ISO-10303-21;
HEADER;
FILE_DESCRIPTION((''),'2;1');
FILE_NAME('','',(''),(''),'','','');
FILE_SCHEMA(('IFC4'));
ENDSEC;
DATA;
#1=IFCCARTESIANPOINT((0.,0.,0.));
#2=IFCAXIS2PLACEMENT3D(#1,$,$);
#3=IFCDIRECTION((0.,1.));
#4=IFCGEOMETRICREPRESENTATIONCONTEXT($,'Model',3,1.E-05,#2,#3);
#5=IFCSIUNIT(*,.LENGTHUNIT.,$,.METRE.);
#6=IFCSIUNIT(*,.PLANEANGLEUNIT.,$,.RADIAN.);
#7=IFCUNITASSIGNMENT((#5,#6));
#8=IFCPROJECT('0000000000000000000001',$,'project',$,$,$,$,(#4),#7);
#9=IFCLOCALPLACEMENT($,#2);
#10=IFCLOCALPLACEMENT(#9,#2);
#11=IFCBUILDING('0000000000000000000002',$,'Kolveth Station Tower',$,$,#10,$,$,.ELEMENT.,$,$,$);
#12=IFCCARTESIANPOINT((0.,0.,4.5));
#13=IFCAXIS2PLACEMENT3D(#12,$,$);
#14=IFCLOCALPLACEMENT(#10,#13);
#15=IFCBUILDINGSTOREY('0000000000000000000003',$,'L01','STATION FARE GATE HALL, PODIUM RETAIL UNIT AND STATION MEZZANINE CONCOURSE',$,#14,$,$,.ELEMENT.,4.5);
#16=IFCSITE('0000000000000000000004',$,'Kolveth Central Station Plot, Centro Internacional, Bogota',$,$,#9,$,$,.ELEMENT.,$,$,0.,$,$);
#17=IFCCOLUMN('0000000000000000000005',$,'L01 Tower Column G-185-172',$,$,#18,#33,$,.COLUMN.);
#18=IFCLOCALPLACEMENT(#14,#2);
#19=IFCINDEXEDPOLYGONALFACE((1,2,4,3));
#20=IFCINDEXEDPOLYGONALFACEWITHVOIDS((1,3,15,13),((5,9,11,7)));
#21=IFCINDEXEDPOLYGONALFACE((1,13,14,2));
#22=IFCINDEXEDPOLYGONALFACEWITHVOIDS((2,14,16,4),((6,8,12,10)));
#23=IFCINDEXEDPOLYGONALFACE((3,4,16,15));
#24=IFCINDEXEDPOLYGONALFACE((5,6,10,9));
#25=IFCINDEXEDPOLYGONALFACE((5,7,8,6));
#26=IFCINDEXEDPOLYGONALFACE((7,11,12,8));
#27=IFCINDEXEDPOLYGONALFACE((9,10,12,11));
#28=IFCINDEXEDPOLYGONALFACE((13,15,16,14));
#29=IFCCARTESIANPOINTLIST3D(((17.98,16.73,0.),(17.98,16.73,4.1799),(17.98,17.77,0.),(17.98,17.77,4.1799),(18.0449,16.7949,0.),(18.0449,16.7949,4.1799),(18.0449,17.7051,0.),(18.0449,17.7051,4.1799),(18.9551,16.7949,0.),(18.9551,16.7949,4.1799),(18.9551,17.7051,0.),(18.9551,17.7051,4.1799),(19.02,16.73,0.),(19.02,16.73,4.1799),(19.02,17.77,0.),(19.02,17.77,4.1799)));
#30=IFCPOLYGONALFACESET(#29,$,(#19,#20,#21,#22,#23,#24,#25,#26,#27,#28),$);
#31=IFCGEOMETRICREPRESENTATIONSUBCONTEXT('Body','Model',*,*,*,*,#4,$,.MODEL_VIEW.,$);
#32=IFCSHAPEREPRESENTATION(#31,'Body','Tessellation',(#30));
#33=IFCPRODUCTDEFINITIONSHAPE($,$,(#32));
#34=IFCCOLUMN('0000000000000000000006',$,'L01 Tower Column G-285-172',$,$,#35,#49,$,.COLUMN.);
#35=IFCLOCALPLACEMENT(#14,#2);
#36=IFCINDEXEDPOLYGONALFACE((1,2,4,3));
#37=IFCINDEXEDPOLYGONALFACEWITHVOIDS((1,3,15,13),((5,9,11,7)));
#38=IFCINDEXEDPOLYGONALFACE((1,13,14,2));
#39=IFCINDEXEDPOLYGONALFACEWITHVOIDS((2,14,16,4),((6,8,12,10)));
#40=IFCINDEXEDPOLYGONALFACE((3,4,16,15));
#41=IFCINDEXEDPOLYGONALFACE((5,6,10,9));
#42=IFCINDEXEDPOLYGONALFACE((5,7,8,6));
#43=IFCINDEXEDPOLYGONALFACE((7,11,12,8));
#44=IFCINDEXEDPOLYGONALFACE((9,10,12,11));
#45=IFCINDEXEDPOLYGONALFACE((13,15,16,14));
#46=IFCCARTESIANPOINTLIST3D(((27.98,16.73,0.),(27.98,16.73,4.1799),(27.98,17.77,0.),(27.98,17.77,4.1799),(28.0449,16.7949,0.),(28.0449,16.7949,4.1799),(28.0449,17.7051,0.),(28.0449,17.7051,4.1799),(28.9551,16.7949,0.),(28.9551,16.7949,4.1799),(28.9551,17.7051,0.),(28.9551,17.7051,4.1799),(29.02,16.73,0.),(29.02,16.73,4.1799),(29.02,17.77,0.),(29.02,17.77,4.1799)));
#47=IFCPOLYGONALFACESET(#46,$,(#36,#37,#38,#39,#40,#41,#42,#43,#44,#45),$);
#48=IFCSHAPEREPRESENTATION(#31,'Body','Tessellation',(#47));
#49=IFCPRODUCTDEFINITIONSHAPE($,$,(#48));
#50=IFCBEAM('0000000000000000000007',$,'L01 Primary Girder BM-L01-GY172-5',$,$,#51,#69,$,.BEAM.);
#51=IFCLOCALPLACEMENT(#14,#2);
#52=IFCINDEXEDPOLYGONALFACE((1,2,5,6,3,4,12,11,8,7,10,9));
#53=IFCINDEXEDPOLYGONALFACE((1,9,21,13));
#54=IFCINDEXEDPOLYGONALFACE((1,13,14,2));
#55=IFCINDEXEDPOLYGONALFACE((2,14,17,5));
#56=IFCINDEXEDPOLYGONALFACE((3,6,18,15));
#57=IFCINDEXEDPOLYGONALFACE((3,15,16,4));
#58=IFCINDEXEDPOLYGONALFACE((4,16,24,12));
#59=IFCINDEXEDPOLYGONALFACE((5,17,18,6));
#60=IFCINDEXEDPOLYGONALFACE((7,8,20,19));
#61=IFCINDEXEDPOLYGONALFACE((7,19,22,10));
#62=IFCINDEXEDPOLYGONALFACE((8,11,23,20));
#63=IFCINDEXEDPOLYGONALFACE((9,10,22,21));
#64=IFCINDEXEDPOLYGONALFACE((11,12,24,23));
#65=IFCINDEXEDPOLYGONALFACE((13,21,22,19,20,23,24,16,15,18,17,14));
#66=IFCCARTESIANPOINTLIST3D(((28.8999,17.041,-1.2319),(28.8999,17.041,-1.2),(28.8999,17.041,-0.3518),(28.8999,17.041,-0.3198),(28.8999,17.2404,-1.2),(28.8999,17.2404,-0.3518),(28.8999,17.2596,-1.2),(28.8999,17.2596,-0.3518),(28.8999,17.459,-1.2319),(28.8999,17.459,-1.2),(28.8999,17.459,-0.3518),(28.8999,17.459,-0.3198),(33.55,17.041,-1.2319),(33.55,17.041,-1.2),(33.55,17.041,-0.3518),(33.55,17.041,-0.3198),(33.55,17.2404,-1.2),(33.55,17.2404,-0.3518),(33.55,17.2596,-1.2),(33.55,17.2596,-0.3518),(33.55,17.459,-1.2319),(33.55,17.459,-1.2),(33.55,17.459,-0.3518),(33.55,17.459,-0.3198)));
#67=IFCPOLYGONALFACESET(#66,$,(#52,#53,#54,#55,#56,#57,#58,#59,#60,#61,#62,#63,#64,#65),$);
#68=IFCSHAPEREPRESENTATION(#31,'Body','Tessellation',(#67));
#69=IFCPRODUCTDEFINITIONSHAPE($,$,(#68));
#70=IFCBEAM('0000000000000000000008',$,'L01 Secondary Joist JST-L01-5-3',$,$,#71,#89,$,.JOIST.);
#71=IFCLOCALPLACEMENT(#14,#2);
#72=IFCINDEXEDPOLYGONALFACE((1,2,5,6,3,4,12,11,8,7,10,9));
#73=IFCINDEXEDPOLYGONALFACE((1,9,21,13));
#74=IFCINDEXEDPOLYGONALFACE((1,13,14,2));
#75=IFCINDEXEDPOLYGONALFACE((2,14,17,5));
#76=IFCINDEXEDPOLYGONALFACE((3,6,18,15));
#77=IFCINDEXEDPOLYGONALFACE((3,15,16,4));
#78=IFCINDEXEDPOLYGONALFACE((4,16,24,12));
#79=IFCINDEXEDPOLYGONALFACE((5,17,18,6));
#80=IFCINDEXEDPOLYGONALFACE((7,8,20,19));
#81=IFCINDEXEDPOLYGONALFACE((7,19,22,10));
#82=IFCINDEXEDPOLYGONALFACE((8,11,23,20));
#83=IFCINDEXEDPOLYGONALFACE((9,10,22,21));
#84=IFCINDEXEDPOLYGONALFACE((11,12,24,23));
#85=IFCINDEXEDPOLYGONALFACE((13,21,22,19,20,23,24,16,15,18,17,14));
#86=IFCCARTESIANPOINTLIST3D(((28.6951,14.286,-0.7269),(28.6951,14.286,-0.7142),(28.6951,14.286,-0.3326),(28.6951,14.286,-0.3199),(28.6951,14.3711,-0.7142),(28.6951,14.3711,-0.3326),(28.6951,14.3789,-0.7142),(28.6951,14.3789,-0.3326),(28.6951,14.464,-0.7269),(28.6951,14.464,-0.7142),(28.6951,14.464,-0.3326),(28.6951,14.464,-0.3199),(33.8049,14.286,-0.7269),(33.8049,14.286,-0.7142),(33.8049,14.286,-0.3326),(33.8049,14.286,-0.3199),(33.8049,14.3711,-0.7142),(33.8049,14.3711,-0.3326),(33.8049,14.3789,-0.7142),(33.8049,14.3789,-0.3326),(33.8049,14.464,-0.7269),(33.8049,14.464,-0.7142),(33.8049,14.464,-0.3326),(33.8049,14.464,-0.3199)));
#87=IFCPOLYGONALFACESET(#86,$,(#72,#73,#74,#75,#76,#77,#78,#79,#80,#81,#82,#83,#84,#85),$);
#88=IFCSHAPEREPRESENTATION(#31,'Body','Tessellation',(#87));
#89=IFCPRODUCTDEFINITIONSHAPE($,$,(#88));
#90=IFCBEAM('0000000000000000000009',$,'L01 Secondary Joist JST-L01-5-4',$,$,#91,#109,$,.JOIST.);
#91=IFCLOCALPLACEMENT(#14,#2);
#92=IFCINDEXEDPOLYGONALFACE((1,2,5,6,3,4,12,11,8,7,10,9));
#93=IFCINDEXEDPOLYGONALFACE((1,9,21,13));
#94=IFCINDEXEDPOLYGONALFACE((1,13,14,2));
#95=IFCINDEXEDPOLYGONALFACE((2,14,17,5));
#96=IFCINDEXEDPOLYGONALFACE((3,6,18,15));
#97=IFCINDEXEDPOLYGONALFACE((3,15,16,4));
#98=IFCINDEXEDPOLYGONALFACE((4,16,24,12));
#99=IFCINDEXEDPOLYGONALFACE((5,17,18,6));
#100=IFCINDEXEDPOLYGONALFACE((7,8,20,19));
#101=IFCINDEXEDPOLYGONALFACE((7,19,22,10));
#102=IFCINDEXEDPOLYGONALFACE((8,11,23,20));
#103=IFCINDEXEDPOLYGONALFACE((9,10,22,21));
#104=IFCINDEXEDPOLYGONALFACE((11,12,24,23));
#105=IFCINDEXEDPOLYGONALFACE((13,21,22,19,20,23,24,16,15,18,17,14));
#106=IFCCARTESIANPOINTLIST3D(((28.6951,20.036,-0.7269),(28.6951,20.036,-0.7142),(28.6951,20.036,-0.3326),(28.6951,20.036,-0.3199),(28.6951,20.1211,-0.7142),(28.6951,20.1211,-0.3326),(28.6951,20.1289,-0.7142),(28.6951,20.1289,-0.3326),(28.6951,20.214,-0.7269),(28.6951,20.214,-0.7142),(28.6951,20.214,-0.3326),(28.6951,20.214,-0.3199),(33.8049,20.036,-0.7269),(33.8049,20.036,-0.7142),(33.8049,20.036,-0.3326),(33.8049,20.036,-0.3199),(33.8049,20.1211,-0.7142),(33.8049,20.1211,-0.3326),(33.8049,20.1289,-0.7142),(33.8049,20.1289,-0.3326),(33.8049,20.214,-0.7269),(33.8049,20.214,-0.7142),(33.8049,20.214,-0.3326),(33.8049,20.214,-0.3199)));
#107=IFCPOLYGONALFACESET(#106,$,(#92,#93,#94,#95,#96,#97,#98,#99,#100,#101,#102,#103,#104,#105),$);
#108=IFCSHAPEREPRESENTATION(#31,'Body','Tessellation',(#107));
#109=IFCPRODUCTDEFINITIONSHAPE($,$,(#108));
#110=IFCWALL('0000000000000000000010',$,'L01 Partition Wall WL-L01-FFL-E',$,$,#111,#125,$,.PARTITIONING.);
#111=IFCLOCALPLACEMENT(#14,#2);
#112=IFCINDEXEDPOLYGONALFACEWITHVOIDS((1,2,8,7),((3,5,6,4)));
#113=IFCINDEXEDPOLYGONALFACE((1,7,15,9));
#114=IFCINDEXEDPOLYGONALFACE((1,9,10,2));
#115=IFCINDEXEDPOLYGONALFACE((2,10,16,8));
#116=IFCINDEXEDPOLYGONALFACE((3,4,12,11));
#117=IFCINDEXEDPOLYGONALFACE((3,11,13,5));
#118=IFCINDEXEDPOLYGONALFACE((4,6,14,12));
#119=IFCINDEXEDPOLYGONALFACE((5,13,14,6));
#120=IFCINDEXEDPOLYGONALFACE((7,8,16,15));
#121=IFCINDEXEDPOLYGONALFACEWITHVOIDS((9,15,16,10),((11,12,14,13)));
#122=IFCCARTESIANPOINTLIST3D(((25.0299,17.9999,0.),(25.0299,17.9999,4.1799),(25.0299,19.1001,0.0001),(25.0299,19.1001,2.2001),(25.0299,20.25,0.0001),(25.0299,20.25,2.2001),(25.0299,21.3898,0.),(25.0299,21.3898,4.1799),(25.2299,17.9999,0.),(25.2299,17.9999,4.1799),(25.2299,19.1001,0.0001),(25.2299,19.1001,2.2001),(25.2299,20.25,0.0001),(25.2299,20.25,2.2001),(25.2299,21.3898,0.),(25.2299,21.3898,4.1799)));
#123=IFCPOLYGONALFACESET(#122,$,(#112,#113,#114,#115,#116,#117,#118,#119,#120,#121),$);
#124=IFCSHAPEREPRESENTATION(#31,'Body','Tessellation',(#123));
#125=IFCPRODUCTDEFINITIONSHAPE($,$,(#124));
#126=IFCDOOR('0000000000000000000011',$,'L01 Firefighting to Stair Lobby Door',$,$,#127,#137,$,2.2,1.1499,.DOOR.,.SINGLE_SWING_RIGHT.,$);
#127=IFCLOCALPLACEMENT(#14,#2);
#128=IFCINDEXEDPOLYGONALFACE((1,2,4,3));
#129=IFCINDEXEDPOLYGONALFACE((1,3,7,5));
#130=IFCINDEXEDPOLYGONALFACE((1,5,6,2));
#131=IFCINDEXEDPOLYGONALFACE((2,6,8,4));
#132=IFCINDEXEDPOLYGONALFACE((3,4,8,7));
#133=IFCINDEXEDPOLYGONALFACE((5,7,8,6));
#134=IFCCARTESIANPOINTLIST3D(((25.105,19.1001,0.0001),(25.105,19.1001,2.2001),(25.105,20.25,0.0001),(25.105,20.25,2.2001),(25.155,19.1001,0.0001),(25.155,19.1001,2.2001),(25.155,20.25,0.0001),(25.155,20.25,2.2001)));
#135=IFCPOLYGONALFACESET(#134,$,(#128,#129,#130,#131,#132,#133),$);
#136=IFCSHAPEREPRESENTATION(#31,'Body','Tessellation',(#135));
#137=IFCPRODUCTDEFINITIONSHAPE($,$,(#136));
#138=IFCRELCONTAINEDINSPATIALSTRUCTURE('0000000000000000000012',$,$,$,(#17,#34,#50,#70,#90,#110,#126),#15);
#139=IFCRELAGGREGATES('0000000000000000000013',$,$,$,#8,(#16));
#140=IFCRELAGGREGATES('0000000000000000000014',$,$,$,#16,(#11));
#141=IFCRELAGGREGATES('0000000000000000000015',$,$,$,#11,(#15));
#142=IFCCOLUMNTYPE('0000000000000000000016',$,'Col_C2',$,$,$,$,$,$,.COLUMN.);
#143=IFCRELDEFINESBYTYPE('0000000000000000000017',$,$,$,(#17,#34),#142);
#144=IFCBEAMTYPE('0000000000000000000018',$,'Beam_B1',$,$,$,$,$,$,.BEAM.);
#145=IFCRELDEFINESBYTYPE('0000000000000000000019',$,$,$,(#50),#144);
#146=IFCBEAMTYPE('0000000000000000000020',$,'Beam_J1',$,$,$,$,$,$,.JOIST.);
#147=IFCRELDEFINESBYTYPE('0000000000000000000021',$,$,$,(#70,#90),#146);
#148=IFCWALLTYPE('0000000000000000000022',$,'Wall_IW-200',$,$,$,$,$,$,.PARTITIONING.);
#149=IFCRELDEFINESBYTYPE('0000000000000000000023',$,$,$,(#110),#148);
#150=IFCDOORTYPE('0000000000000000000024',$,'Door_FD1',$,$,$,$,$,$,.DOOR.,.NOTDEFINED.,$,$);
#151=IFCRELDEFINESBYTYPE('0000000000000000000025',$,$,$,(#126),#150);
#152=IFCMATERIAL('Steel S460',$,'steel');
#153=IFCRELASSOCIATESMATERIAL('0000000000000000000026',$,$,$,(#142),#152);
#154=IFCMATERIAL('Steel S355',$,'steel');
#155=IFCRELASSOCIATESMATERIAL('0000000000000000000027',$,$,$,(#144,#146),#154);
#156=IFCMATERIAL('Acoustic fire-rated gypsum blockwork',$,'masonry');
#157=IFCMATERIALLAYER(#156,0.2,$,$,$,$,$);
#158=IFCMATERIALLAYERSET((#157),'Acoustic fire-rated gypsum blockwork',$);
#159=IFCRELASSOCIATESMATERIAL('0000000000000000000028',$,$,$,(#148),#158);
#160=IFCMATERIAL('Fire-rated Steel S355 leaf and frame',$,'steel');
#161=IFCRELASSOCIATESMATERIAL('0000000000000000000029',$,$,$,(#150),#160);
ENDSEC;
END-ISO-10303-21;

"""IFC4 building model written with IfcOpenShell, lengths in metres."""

from ifc_helpers import new_model, si_unit, direction, frame, frame_2d, origin, origin_2d, place, context, subcontext, project, spatial, rectangle, hollow_rectangle, i_section, extrude, source, transform, mapped, material, layer, layer_set, material_profile, profile_set, type_object, element, fill, save


model = new_model("IFC4")

# Units and contexts
model_context = context("Model", 3, precision=1e-05, world=origin(), true_north=direction((0.0, 1.0)))
body_context = subcontext(model_context, "Body", "Model", "MODEL_VIEW")
ifc_project = project(units=[si_unit("LENGTHUNIT", "METRE"), si_unit("PLANEANGLEUNIT", "RADIAN")], contexts=[model_context])

# Site, building, storey
site_placement = place(None, origin())
site = spatial("IfcSite", under=ifc_project, at=site_placement, Name="Kolveth Central Station Plot, Centro Internacional, Bogota", CompositionType="ELEMENT", RefElevation=0.0)
building_placement = place(site_placement, origin())
building = spatial("IfcBuilding", under=site, at=building_placement, Name="Kolveth Station Tower", CompositionType="ELEMENT")
storey_placement = place(building_placement, frame((0.0, 0.0, 4.5)))
storey = spatial("IfcBuildingStorey", under=building, at=storey_placement, Name="L01", Description="STATION FARE GATE HALL, PODIUM RETAIL UNIT AND STATION MEZZANINE CONCOURSE", CompositionType="ELEMENT", Elevation=4.5)

# Columns
ifc_material_1 = material(Name="Steel S460", Category="steel")
ifc_material_profile_1 = material_profile(ifc_material_1, hollow_rectangle(XDim=1.04, YDim=1.04, WallThickness=0.0649, at=origin_2d()), Name="BOX1040x1040x65")
ifc_profile_set_1 = profile_set([ifc_material_profile_1], Name="Steel S460")
column_type = type_object("IfcColumnType", Name="Col_C2", PredefinedType="COLUMN", material=ifc_profile_set_1)
shared_shape_1 = source(origin(), body_context, "Body", "SweptSolid", [
    extrude(hollow_rectangle(XDim=1.04, YDim=1.04, WallThickness=0.0649, at=origin_2d()), origin(), (0.0, 0.0, 1.0), 4.1799),
])
for number, where, z_axis, x_axis, name in (
    (1, (18.5, 17.25, 0.0), (0.0, 0.0, 1.0), (1.0, 0.0, 0.0), "L01 Tower Column G-185-172"),
    (2, (28.5, 17.25, 0.0), (0.0, 0.0, 1.0), (1.0, 0.0, 0.0), "L01 Tower Column G-285-172"),
):
    element("IfcColumn", number, at=place(storey_placement, frame(where, z_axis=z_axis, x_axis=x_axis)), inside=storey, type_object=column_type, Name=name, PredefinedType="COLUMN", context=body_context, shape_type="MappedRepresentation", body=[
        mapped(shared_shape_1, transform((0.0, 0.0, 0.0), x_axis=(1.0, 0.0, 0.0), y_axis=(0.0, 1.0, 0.0), z_axis=(0.0, 0.0, 1.0), scale=1.0)),
    ])

# Beams
ifc_material_2 = material(Name="Steel S355", Category="steel")
ifc_material_profile_2 = material_profile(ifc_material_2, i_section(OverallWidth=0.418, OverallDepth=0.9121, WebThickness=0.0193, FlangeThickness=0.032, at=origin_2d()), Name="W920x342")
ifc_profile_set_2 = profile_set([ifc_material_profile_2], Name="Steel S355")
beam_type_1 = type_object("IfcBeamType", Name="Beam_B1", PredefinedType="BEAM", material=ifc_profile_set_2)
shared_shape_2 = source(origin(), body_context, "Body", "SweptSolid", [
    extrude(i_section(OverallWidth=0.418, OverallDepth=0.9121, WebThickness=0.0193, FlangeThickness=0.032, at=origin_2d()), origin(), (0.0, 0.0, 1.0), 4.6501),
])
beam_placement = place(storey_placement, frame((28.8999, 17.25, -0.7759), z_axis=(1.0, 0.0, 0.0), x_axis=(0.0, 1.0, 0.0)))
element("IfcBeam", 3, at=beam_placement, inside=storey, type_object=beam_type_1, Name="L01 Primary Girder BM-L01-GY172-5", PredefinedType="BEAM", context=body_context, shape_type="MappedRepresentation", body=[
    mapped(shared_shape_2, transform((0.0, 0.0, 0.0), x_axis=(1.0, 0.0, 0.0), y_axis=(0.0, 1.0, 0.0), z_axis=(0.0, 0.0, 1.0), scale=1.0)),
])
ifc_material_profile_3 = material_profile(ifc_material_2, i_section(OverallWidth=0.178, OverallDepth=0.407, WebThickness=0.0078, FlangeThickness=0.0127, at=origin_2d()), Name="W410x60")
ifc_profile_set_3 = profile_set([ifc_material_profile_3], Name="Steel S355")
beam_type_2 = type_object("IfcBeamType", Name="Beam_J1", PredefinedType="JOIST", material=ifc_profile_set_3)
shared_shape_3 = source(origin(), body_context, "Body", "SweptSolid", [
    extrude(i_section(OverallWidth=0.178, OverallDepth=0.407, WebThickness=0.0078, FlangeThickness=0.0127, at=origin_2d()), origin(), (0.0, 0.0, 1.0), 5.1099),
])
for number, where, z_axis, x_axis, name in (
    (4, (28.6951, 14.375, -0.5234), (1.0, 0.0, 0.0), (0.0, 1.0, 0.0), "L01 Secondary Joist JST-L01-5-3"),
    (5, (28.6951, 20.125, -0.5234), (1.0, 0.0, 0.0), (0.0, 1.0, 0.0), "L01 Secondary Joist JST-L01-5-4"),
):
    element("IfcBeam", number, at=place(storey_placement, frame(where, z_axis=z_axis, x_axis=x_axis)), inside=storey, type_object=beam_type_2, Name=name, PredefinedType="JOIST", context=body_context, shape_type="MappedRepresentation", body=[
        mapped(shared_shape_3, transform((0.0, 0.0, 0.0), x_axis=(1.0, 0.0, 0.0), y_axis=(0.0, 1.0, 0.0), z_axis=(0.0, 0.0, 1.0), scale=1.0)),
    ])

# Wall, opening, door
ifc_material_3 = material(Name="Acoustic fire-rated gypsum blockwork", Category="masonry")
ifc_layer_1 = layer(ifc_material_3, 0.2)
ifc_layer_set_1 = layer_set([ifc_layer_1], Name="Acoustic fire-rated gypsum blockwork")
wall_type_1 = type_object("IfcWallType", Name="Wall_IW-200", PredefinedType="PARTITIONING", material=ifc_layer_set_1)
wall_1_placement = place(storey_placement, frame((25.1299, 18.0, 0.0), z_axis=(0.0, 0.0, 1.0), x_axis=(0.0, 1.0, 0.0)))
wall_1 = element("IfcWall", 6, at=wall_1_placement, inside=storey, type_object=wall_type_1, Name="L01 Partition Wall WL-L01-FFL-E", PredefinedType="PARTITIONING", context=body_context, shape_type="SweptSolid", body=[
    extrude(rectangle(XDim=3.3899, YDim=0.2, at=frame_2d((1.6948, 0.0))), origin(), (0.0, 0.0, 1.0), 4.1799),
])
opening_1_placement = place(wall_1_placement, frame((1.1001, 0.0, 0.0)))
opening_1 = element("IfcOpeningElement", 7, at=opening_1_placement, cuts=wall_1, PredefinedType="OPENING", context=body_context, shape_type="SweptSolid", body=[
    extrude(rectangle(XDim=1.1499, YDim=2.2, at=frame_2d((0.575, 1.1001))), frame((0.0, 0.1099, 0.0), z_axis=(0.0, -1.0, 0.0), x_axis=(1.0, 0.0, 0.0)), (0.0, 0.0, 1.0), 0.22),
])
ifc_material_4 = material(Name="Fire-rated Steel S355 leaf and frame", Category="steel")
door_type_1 = type_object("IfcDoorType", Name="Door_FD1", OperationType="NOTDEFINED", PredefinedType="DOOR", material=ifc_material_4)
door_1_placement = place(opening_1_placement, origin())
door_1 = element("IfcDoor", 8, at=door_1_placement, inside=storey, type_object=door_type_1, Name="L01 Firefighting to Stair Lobby Door", OperationType="SINGLE_SWING_RIGHT", OverallHeight=2.2, OverallWidth=1.1499, PredefinedType="DOOR", context=body_context, shape_type="SweptSolid", body=[
    extrude(rectangle(XDim=1.1499, YDim=2.2, at=frame_2d((0.575, 1.1001))), frame((0.0, 0.0249, 0.0), z_axis=(0.0, -1.0, 0.0), x_axis=(1.0, 0.0, 0.0)), (0.0, 0.0, 1.0), 0.05),
])
fill(opening_1, door_1)

save(model, "model.ifc")
